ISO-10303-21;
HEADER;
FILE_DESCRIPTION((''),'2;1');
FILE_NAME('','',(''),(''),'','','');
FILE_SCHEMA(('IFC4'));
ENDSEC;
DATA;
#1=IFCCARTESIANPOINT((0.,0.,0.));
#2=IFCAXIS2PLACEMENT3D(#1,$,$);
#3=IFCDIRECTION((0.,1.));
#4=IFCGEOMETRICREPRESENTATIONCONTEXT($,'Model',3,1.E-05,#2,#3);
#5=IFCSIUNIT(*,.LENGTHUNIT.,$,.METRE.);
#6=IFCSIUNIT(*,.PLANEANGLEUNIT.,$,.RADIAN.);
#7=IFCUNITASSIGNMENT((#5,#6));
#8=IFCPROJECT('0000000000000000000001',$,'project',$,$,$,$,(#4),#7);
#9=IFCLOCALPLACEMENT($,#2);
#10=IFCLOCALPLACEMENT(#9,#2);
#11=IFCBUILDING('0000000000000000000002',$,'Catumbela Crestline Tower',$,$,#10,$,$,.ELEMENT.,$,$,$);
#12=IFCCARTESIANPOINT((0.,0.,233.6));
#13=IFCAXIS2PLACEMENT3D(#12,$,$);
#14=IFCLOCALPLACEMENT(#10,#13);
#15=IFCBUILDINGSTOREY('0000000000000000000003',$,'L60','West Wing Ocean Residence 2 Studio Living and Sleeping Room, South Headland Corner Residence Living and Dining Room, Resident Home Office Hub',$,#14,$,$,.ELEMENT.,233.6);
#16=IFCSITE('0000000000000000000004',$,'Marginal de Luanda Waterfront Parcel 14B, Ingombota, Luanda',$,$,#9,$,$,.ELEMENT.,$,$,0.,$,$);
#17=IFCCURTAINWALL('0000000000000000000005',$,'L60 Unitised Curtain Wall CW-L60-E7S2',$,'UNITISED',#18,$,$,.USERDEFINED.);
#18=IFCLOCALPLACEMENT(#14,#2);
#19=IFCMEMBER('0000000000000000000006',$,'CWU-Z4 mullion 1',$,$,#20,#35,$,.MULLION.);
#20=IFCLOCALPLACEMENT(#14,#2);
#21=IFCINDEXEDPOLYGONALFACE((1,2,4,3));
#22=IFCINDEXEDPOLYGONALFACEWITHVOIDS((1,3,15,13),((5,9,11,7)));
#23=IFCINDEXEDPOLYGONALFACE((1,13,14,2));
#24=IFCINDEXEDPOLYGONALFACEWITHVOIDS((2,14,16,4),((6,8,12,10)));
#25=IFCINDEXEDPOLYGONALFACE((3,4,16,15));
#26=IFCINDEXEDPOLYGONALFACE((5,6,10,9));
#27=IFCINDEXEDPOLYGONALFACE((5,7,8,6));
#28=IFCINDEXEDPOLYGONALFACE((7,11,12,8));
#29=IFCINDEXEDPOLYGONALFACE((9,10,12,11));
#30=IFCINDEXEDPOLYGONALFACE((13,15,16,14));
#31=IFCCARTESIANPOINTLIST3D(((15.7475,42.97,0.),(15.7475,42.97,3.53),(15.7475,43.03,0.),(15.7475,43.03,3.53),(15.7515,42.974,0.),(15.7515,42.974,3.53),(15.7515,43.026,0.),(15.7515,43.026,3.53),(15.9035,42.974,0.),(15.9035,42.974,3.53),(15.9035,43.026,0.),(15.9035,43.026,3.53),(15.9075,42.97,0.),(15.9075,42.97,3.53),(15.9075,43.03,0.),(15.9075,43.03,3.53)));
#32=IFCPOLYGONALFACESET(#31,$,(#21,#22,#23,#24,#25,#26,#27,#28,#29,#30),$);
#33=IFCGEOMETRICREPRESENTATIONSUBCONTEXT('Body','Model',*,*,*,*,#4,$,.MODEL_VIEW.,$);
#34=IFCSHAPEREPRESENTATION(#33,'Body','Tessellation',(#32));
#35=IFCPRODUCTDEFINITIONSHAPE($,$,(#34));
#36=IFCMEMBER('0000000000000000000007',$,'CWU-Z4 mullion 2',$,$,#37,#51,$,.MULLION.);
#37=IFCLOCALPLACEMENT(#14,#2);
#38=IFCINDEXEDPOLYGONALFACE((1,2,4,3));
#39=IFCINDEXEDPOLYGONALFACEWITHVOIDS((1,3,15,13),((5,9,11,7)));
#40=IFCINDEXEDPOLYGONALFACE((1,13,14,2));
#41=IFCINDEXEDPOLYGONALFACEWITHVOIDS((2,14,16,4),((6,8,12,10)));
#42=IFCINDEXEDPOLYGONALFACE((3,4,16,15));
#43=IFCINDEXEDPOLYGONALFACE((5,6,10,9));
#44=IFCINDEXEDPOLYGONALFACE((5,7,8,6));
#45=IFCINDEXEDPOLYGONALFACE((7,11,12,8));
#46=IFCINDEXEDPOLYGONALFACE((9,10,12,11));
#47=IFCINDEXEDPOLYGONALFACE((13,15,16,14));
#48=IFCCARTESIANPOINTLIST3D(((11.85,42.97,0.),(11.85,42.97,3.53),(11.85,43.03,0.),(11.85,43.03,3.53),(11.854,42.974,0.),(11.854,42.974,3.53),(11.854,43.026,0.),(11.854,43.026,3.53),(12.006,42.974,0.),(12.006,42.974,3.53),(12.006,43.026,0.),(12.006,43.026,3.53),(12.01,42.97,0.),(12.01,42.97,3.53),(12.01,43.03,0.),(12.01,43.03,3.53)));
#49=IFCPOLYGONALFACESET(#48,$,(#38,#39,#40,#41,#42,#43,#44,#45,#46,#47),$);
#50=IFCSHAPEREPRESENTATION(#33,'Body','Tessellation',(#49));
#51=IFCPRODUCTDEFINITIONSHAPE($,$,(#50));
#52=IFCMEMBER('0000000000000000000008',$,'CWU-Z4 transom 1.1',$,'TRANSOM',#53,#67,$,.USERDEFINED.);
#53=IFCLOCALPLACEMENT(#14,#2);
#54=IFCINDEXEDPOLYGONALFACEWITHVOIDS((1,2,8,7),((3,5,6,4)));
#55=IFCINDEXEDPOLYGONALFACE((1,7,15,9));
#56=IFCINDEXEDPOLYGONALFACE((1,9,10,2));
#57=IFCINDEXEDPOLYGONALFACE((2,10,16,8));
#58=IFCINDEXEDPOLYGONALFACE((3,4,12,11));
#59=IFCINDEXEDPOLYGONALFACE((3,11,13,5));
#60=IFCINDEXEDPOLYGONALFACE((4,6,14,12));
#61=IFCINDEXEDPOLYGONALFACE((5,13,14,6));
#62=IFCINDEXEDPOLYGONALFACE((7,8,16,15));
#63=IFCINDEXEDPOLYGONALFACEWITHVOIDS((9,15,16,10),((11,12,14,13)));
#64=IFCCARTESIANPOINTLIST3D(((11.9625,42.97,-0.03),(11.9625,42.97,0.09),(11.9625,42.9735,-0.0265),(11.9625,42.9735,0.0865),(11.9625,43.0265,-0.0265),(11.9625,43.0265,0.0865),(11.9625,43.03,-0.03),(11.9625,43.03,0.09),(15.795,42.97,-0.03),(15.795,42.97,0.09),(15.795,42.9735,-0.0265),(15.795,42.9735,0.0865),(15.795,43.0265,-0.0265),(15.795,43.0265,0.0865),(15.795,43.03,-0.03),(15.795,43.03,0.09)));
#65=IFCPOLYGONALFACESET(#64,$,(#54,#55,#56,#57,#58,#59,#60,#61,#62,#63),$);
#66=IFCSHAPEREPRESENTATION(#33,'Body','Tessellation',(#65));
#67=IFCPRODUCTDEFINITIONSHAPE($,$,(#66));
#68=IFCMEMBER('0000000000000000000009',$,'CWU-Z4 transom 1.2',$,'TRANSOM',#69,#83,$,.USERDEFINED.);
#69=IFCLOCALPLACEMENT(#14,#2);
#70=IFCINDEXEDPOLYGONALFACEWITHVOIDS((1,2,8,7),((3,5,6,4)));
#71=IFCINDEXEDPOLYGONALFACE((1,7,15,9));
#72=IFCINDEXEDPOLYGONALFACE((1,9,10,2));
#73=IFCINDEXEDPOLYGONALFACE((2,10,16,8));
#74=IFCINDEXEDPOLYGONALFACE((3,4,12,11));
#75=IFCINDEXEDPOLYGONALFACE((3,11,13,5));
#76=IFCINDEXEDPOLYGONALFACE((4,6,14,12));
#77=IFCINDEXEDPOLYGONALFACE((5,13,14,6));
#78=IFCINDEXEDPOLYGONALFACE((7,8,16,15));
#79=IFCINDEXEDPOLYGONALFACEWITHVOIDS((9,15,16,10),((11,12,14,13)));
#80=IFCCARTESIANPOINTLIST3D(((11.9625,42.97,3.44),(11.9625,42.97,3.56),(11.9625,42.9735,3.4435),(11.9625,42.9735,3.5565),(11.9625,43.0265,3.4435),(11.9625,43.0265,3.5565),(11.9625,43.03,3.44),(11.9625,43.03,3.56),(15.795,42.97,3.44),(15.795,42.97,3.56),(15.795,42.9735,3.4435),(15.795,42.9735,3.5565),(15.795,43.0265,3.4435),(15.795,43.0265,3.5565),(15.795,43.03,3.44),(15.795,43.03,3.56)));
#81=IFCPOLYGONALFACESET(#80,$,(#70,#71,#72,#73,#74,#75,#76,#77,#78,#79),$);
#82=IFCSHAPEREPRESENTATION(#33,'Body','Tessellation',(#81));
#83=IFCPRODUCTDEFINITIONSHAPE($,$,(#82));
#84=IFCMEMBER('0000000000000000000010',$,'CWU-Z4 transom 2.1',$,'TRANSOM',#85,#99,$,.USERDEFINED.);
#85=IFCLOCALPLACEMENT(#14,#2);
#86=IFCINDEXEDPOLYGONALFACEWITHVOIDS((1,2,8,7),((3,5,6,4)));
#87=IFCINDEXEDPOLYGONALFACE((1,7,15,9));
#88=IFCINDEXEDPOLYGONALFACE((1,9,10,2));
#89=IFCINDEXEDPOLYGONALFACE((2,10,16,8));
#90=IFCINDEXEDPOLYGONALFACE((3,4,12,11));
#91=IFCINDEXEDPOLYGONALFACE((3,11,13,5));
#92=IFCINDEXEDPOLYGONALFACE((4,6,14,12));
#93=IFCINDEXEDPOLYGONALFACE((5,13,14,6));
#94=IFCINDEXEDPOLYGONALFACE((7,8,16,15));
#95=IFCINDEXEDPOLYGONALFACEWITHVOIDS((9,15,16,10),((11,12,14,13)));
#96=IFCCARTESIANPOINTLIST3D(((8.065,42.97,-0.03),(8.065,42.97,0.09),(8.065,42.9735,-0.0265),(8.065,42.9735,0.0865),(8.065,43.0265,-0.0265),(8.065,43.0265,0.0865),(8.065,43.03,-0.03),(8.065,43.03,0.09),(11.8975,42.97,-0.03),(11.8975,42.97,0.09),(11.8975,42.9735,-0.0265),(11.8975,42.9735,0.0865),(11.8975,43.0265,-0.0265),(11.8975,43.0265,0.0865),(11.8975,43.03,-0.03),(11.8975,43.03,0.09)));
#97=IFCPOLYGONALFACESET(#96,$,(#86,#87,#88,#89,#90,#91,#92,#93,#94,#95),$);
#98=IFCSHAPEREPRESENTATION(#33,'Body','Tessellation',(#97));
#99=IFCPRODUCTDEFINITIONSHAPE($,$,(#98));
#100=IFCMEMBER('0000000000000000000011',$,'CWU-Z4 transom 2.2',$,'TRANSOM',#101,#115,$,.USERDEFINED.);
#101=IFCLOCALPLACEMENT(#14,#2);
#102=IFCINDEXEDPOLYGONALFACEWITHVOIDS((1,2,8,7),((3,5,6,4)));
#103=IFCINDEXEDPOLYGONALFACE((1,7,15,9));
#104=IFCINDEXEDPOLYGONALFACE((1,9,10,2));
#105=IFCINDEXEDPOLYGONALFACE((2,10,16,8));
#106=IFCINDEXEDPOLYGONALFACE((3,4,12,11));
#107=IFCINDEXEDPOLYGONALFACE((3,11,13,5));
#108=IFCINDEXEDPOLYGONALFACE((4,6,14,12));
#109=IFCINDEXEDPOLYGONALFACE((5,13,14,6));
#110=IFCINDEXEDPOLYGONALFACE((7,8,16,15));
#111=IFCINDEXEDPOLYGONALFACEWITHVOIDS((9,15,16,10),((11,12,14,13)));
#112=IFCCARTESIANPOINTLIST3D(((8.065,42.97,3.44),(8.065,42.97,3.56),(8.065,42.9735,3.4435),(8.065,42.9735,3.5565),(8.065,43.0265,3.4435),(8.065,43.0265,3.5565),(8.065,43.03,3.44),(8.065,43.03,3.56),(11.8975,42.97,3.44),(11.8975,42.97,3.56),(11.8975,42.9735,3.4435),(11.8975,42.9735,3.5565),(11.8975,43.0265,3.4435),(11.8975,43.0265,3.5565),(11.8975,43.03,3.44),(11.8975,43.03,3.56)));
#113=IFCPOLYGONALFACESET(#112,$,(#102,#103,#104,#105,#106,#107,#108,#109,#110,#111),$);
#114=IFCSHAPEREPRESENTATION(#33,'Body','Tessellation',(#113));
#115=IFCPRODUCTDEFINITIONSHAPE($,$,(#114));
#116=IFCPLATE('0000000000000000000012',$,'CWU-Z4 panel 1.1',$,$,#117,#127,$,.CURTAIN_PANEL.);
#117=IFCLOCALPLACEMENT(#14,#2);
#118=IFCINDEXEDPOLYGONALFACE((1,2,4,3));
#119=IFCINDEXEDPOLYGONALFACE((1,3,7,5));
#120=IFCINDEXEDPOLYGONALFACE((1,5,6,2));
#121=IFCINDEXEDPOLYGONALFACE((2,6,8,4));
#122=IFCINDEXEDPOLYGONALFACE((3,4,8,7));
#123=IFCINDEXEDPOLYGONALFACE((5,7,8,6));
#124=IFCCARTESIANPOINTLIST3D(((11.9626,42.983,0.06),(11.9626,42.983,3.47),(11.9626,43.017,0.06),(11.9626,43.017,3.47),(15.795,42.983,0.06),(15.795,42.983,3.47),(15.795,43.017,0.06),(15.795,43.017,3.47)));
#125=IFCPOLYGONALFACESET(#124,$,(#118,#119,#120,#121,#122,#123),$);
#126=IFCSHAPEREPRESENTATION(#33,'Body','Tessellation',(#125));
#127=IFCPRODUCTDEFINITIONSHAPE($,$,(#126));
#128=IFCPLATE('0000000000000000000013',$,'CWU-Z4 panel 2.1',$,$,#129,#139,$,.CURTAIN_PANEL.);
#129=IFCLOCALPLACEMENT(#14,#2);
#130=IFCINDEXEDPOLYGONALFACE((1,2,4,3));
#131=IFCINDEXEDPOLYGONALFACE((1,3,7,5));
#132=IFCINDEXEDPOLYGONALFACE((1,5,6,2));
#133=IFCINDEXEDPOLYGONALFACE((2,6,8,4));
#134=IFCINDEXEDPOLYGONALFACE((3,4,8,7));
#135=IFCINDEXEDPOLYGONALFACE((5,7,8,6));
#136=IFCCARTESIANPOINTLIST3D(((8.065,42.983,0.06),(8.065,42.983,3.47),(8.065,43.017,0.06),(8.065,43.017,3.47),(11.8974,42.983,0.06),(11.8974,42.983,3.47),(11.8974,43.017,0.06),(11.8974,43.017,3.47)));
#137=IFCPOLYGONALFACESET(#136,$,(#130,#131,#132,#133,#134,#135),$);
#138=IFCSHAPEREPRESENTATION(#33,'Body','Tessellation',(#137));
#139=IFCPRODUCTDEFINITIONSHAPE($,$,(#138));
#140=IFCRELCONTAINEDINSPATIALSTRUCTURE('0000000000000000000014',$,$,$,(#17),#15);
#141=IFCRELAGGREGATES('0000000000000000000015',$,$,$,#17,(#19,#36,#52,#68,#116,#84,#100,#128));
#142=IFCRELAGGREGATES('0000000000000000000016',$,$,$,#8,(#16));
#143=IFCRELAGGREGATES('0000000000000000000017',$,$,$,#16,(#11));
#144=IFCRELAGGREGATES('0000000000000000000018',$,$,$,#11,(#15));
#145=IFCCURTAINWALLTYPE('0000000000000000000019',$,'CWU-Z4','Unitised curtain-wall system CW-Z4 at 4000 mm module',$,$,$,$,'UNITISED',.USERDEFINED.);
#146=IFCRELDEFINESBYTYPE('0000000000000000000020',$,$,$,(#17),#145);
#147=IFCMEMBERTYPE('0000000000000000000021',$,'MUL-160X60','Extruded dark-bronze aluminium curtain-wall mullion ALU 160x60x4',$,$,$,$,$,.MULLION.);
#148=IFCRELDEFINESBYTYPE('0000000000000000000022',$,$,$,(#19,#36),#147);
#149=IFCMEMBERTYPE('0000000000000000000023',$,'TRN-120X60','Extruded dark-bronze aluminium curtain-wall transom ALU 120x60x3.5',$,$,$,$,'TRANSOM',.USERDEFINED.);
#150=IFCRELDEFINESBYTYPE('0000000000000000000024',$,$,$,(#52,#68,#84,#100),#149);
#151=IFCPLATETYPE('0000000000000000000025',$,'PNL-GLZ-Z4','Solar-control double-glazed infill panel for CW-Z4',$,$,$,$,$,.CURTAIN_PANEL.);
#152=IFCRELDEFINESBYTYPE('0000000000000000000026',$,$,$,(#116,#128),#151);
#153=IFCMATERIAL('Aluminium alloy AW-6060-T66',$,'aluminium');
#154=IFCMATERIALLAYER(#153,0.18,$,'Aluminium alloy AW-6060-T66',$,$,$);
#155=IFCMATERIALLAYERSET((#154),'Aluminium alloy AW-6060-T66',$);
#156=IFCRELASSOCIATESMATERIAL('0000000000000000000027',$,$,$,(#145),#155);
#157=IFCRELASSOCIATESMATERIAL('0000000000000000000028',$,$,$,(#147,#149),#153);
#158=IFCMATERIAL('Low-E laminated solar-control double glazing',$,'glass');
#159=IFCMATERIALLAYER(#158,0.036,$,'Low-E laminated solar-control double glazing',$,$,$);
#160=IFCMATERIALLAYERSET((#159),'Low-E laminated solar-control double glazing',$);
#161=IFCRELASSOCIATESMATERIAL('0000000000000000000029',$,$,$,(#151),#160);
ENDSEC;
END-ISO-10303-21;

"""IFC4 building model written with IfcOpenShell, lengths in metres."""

from ifc_helpers import new_model, si_unit, direction, frame, origin, origin_2d, place, context, subcontext, project, spatial, rectangle, hollow_rectangle, extrude, material, layer, layer_set, material_profile, profile_set, type_object, element, aggregate, save


model = new_model("IFC4")

# Units and contexts
model_context = context("Model", 3, precision=1e-05, world=origin(), true_north=direction((0.0, 1.0)))
body_context = subcontext(model_context, "Body", "Model", "MODEL_VIEW")
ifc_project = project(units=[si_unit("LENGTHUNIT", "METRE"), si_unit("PLANEANGLEUNIT", "RADIAN")], contexts=[model_context])

# Site, building, storey
site_placement = place(None, origin())
site = spatial("IfcSite", under=ifc_project, at=site_placement, Name="Marginal de Luanda Waterfront Parcel 14B, Ingombota, Luanda", CompositionType="ELEMENT", RefElevation=0.0)
building_placement = place(site_placement, origin())
building = spatial("IfcBuilding", under=site, at=building_placement, Name="Catumbela Crestline Tower", CompositionType="ELEMENT")
storey_placement = place(building_placement, frame((0.0, 0.0, 233.6)))
storey = spatial("IfcBuildingStorey", under=building, at=storey_placement, Name="L60", Description="West Wing Ocean Residence 2 Studio Living and Sleeping Room, South Headland Corner Residence Living and Dining Room, Resident Home Office Hub", CompositionType="ELEMENT", Elevation=233.6)

# Curtain wall, members, plates
ifc_material_1 = material(Name="Aluminium alloy AW-6060-T66", Category="aluminium")
ifc_layer_1 = layer(ifc_material_1, 0.18, Name="Aluminium alloy AW-6060-T66")
ifc_layer_set_1 = layer_set([ifc_layer_1], Name="Aluminium alloy AW-6060-T66")
curtain_wall_type = type_object("IfcCurtainWallType", Name="CWU-Z4", Description="Unitised curtain-wall system CW-Z4 at 4000 mm module", ElementType="UNITISED", PredefinedType="USERDEFINED", material=ifc_layer_set_1)
curtain_wall_placement = place(storey_placement, origin())
curtain_wall = element("IfcCurtainWall", 1, at=curtain_wall_placement, inside=storey, type_object=curtain_wall_type, Name="L60 Unitised Curtain Wall CW-L60-E7S2", ObjectType="UNITISED", PredefinedType="USERDEFINED")
ifc_material_profile_1 = material_profile(ifc_material_1, hollow_rectangle(XDim=0.06, YDim=0.16, WallThickness=0.004, at=origin_2d()), Name="ALU 160x60x4")
ifc_profile_set_1 = profile_set([ifc_material_profile_1], Name="Aluminium alloy AW-6060-T66")
member_type_1 = type_object("IfcMemberType", Name="MUL-160X60", Description="Extruded dark-bronze aluminium curtain-wall mullion ALU 160x60x4", PredefinedType="MULLION", material=ifc_profile_set_1)
member_1_placement = place(storey_placement, frame((15.8275, 43.0, 0.0), z_axis=(0.0, 0.0, 1.0), x_axis=(0.0, -1.0, 0.0)))
member_1 = element("IfcMember", 2, at=member_1_placement, type_object=member_type_1, Name="CWU-Z4 mullion 1", PredefinedType="MULLION", context=body_context, shape_type="SweptSolid", body=[
    extrude(hollow_rectangle(XDim=0.06, YDim=0.16, WallThickness=0.004, at=origin_2d()), origin(), (0.0, 0.0, 1.0), 3.53),
])
member_2_placement = place(storey_placement, frame((11.93, 43.0, 0.0), z_axis=(0.0, 0.0, 1.0), x_axis=(0.0, -1.0, 0.0)))
member_2 = element("IfcMember", 3, at=member_2_placement, type_object=member_type_1, Name="CWU-Z4 mullion 2", PredefinedType="MULLION", context=body_context, shape_type="SweptSolid", body=[
    extrude(hollow_rectangle(XDim=0.06, YDim=0.16, WallThickness=0.004, at=origin_2d()), origin(), (0.0, 0.0, 1.0), 3.53),
])
ifc_material_profile_2 = material_profile(ifc_material_1, hollow_rectangle(XDim=0.06, YDim=0.12, WallThickness=0.0035, at=origin_2d()), Name="ALU 120x60x3.5")
ifc_profile_set_2 = profile_set([ifc_material_profile_2], Name="Aluminium alloy AW-6060-T66")
member_type_2 = type_object("IfcMemberType", Name="TRN-120X60", Description="Extruded dark-bronze aluminium curtain-wall transom ALU 120x60x3.5", ElementType="TRANSOM", PredefinedType="USERDEFINED", material=ifc_profile_set_2)
member_3_placement = place(storey_placement, frame((15.795, 43.0, 0.03), z_axis=(-1.0, 0.0, 0.0), x_axis=(0.0, -1.0, 0.0)))
member_3 = element("IfcMember", 4, at=member_3_placement, type_object=member_type_2, Name="CWU-Z4 transom 1.1", ObjectType="TRANSOM", PredefinedType="USERDEFINED", context=body_context, shape_type="SweptSolid", body=[
    extrude(hollow_rectangle(XDim=0.06, YDim=0.12, WallThickness=0.0035, at=origin_2d()), origin(), (0.0, 0.0, 1.0), 3.8325),
])
member_4_placement = place(storey_placement, frame((15.795, 43.0, 3.5), z_axis=(-1.0, 0.0, 0.0), x_axis=(0.0, -1.0, 0.0)))
member_4 = element("IfcMember", 5, at=member_4_placement, type_object=member_type_2, Name="CWU-Z4 transom 1.2", ObjectType="TRANSOM", PredefinedType="USERDEFINED", context=body_context, shape_type="SweptSolid", body=[
    extrude(hollow_rectangle(XDim=0.06, YDim=0.12, WallThickness=0.0035, at=origin_2d()), origin(), (0.0, 0.0, 1.0), 3.8325),
])
member_5_placement = place(storey_placement, frame((11.8975, 43.0, 0.03), z_axis=(-1.0, 0.0, 0.0), x_axis=(0.0, -1.0, 0.0)))
member_5 = element("IfcMember", 6, at=member_5_placement, type_object=member_type_2, Name="CWU-Z4 transom 2.1", ObjectType="TRANSOM", PredefinedType="USERDEFINED", context=body_context, shape_type="SweptSolid", body=[
    extrude(hollow_rectangle(XDim=0.06, YDim=0.12, WallThickness=0.0035, at=origin_2d()), origin(), (0.0, 0.0, 1.0), 3.8325),
])
member_6_placement = place(storey_placement, frame((11.8975, 43.0, 3.5), z_axis=(-1.0, 0.0, 0.0), x_axis=(0.0, -1.0, 0.0)))
member_6 = element("IfcMember", 7, at=member_6_placement, type_object=member_type_2, Name="CWU-Z4 transom 2.2", ObjectType="TRANSOM", PredefinedType="USERDEFINED", context=body_context, shape_type="SweptSolid", body=[
    extrude(hollow_rectangle(XDim=0.06, YDim=0.12, WallThickness=0.0035, at=origin_2d()), origin(), (0.0, 0.0, 1.0), 3.8325),
])
ifc_material_2 = material(Name="Low-E laminated solar-control double glazing", Category="glass")
ifc_layer_2 = layer(ifc_material_2, 0.036, Name="Low-E laminated solar-control double glazing")
ifc_layer_set_2 = layer_set([ifc_layer_2], Name="Low-E laminated solar-control double glazing")
plate_type = type_object("IfcPlateType", Name="PNL-GLZ-Z4", Description="Solar-control double-glazed infill panel for CW-Z4", PredefinedType="CURTAIN_PANEL", material=ifc_layer_set_2)
plate_1_placement = place(storey_placement, frame((13.8788, 43.0, 0.06), z_axis=(0.0, 0.0, 1.0), x_axis=(-1.0, 0.0, 0.0)))
plate_1 = element("IfcPlate", 8, at=plate_1_placement, type_object=plate_type, Name="CWU-Z4 panel 1.1", PredefinedType="CURTAIN_PANEL", context=body_context, shape_type="SweptSolid", body=[
    extrude(rectangle(XDim=3.8325, YDim=0.034, at=origin_2d()), origin(), (0.0, 0.0, 1.0), 3.41),
])
plate_2_placement = place(storey_placement, frame((9.9812, 43.0, 0.06), z_axis=(0.0, 0.0, 1.0), x_axis=(-1.0, 0.0, 0.0)))
plate_2 = element("IfcPlate", 9, at=plate_2_placement, type_object=plate_type, Name="CWU-Z4 panel 2.1", PredefinedType="CURTAIN_PANEL", context=body_context, shape_type="SweptSolid", body=[
    extrude(rectangle(XDim=3.8325, YDim=0.034, at=origin_2d()), origin(), (0.0, 0.0, 1.0), 3.41),
])
aggregate(curtain_wall, [member_1, member_2, member_3, member_4, plate_1, member_5, member_6, plate_2])

save(model, "model.ifc")
